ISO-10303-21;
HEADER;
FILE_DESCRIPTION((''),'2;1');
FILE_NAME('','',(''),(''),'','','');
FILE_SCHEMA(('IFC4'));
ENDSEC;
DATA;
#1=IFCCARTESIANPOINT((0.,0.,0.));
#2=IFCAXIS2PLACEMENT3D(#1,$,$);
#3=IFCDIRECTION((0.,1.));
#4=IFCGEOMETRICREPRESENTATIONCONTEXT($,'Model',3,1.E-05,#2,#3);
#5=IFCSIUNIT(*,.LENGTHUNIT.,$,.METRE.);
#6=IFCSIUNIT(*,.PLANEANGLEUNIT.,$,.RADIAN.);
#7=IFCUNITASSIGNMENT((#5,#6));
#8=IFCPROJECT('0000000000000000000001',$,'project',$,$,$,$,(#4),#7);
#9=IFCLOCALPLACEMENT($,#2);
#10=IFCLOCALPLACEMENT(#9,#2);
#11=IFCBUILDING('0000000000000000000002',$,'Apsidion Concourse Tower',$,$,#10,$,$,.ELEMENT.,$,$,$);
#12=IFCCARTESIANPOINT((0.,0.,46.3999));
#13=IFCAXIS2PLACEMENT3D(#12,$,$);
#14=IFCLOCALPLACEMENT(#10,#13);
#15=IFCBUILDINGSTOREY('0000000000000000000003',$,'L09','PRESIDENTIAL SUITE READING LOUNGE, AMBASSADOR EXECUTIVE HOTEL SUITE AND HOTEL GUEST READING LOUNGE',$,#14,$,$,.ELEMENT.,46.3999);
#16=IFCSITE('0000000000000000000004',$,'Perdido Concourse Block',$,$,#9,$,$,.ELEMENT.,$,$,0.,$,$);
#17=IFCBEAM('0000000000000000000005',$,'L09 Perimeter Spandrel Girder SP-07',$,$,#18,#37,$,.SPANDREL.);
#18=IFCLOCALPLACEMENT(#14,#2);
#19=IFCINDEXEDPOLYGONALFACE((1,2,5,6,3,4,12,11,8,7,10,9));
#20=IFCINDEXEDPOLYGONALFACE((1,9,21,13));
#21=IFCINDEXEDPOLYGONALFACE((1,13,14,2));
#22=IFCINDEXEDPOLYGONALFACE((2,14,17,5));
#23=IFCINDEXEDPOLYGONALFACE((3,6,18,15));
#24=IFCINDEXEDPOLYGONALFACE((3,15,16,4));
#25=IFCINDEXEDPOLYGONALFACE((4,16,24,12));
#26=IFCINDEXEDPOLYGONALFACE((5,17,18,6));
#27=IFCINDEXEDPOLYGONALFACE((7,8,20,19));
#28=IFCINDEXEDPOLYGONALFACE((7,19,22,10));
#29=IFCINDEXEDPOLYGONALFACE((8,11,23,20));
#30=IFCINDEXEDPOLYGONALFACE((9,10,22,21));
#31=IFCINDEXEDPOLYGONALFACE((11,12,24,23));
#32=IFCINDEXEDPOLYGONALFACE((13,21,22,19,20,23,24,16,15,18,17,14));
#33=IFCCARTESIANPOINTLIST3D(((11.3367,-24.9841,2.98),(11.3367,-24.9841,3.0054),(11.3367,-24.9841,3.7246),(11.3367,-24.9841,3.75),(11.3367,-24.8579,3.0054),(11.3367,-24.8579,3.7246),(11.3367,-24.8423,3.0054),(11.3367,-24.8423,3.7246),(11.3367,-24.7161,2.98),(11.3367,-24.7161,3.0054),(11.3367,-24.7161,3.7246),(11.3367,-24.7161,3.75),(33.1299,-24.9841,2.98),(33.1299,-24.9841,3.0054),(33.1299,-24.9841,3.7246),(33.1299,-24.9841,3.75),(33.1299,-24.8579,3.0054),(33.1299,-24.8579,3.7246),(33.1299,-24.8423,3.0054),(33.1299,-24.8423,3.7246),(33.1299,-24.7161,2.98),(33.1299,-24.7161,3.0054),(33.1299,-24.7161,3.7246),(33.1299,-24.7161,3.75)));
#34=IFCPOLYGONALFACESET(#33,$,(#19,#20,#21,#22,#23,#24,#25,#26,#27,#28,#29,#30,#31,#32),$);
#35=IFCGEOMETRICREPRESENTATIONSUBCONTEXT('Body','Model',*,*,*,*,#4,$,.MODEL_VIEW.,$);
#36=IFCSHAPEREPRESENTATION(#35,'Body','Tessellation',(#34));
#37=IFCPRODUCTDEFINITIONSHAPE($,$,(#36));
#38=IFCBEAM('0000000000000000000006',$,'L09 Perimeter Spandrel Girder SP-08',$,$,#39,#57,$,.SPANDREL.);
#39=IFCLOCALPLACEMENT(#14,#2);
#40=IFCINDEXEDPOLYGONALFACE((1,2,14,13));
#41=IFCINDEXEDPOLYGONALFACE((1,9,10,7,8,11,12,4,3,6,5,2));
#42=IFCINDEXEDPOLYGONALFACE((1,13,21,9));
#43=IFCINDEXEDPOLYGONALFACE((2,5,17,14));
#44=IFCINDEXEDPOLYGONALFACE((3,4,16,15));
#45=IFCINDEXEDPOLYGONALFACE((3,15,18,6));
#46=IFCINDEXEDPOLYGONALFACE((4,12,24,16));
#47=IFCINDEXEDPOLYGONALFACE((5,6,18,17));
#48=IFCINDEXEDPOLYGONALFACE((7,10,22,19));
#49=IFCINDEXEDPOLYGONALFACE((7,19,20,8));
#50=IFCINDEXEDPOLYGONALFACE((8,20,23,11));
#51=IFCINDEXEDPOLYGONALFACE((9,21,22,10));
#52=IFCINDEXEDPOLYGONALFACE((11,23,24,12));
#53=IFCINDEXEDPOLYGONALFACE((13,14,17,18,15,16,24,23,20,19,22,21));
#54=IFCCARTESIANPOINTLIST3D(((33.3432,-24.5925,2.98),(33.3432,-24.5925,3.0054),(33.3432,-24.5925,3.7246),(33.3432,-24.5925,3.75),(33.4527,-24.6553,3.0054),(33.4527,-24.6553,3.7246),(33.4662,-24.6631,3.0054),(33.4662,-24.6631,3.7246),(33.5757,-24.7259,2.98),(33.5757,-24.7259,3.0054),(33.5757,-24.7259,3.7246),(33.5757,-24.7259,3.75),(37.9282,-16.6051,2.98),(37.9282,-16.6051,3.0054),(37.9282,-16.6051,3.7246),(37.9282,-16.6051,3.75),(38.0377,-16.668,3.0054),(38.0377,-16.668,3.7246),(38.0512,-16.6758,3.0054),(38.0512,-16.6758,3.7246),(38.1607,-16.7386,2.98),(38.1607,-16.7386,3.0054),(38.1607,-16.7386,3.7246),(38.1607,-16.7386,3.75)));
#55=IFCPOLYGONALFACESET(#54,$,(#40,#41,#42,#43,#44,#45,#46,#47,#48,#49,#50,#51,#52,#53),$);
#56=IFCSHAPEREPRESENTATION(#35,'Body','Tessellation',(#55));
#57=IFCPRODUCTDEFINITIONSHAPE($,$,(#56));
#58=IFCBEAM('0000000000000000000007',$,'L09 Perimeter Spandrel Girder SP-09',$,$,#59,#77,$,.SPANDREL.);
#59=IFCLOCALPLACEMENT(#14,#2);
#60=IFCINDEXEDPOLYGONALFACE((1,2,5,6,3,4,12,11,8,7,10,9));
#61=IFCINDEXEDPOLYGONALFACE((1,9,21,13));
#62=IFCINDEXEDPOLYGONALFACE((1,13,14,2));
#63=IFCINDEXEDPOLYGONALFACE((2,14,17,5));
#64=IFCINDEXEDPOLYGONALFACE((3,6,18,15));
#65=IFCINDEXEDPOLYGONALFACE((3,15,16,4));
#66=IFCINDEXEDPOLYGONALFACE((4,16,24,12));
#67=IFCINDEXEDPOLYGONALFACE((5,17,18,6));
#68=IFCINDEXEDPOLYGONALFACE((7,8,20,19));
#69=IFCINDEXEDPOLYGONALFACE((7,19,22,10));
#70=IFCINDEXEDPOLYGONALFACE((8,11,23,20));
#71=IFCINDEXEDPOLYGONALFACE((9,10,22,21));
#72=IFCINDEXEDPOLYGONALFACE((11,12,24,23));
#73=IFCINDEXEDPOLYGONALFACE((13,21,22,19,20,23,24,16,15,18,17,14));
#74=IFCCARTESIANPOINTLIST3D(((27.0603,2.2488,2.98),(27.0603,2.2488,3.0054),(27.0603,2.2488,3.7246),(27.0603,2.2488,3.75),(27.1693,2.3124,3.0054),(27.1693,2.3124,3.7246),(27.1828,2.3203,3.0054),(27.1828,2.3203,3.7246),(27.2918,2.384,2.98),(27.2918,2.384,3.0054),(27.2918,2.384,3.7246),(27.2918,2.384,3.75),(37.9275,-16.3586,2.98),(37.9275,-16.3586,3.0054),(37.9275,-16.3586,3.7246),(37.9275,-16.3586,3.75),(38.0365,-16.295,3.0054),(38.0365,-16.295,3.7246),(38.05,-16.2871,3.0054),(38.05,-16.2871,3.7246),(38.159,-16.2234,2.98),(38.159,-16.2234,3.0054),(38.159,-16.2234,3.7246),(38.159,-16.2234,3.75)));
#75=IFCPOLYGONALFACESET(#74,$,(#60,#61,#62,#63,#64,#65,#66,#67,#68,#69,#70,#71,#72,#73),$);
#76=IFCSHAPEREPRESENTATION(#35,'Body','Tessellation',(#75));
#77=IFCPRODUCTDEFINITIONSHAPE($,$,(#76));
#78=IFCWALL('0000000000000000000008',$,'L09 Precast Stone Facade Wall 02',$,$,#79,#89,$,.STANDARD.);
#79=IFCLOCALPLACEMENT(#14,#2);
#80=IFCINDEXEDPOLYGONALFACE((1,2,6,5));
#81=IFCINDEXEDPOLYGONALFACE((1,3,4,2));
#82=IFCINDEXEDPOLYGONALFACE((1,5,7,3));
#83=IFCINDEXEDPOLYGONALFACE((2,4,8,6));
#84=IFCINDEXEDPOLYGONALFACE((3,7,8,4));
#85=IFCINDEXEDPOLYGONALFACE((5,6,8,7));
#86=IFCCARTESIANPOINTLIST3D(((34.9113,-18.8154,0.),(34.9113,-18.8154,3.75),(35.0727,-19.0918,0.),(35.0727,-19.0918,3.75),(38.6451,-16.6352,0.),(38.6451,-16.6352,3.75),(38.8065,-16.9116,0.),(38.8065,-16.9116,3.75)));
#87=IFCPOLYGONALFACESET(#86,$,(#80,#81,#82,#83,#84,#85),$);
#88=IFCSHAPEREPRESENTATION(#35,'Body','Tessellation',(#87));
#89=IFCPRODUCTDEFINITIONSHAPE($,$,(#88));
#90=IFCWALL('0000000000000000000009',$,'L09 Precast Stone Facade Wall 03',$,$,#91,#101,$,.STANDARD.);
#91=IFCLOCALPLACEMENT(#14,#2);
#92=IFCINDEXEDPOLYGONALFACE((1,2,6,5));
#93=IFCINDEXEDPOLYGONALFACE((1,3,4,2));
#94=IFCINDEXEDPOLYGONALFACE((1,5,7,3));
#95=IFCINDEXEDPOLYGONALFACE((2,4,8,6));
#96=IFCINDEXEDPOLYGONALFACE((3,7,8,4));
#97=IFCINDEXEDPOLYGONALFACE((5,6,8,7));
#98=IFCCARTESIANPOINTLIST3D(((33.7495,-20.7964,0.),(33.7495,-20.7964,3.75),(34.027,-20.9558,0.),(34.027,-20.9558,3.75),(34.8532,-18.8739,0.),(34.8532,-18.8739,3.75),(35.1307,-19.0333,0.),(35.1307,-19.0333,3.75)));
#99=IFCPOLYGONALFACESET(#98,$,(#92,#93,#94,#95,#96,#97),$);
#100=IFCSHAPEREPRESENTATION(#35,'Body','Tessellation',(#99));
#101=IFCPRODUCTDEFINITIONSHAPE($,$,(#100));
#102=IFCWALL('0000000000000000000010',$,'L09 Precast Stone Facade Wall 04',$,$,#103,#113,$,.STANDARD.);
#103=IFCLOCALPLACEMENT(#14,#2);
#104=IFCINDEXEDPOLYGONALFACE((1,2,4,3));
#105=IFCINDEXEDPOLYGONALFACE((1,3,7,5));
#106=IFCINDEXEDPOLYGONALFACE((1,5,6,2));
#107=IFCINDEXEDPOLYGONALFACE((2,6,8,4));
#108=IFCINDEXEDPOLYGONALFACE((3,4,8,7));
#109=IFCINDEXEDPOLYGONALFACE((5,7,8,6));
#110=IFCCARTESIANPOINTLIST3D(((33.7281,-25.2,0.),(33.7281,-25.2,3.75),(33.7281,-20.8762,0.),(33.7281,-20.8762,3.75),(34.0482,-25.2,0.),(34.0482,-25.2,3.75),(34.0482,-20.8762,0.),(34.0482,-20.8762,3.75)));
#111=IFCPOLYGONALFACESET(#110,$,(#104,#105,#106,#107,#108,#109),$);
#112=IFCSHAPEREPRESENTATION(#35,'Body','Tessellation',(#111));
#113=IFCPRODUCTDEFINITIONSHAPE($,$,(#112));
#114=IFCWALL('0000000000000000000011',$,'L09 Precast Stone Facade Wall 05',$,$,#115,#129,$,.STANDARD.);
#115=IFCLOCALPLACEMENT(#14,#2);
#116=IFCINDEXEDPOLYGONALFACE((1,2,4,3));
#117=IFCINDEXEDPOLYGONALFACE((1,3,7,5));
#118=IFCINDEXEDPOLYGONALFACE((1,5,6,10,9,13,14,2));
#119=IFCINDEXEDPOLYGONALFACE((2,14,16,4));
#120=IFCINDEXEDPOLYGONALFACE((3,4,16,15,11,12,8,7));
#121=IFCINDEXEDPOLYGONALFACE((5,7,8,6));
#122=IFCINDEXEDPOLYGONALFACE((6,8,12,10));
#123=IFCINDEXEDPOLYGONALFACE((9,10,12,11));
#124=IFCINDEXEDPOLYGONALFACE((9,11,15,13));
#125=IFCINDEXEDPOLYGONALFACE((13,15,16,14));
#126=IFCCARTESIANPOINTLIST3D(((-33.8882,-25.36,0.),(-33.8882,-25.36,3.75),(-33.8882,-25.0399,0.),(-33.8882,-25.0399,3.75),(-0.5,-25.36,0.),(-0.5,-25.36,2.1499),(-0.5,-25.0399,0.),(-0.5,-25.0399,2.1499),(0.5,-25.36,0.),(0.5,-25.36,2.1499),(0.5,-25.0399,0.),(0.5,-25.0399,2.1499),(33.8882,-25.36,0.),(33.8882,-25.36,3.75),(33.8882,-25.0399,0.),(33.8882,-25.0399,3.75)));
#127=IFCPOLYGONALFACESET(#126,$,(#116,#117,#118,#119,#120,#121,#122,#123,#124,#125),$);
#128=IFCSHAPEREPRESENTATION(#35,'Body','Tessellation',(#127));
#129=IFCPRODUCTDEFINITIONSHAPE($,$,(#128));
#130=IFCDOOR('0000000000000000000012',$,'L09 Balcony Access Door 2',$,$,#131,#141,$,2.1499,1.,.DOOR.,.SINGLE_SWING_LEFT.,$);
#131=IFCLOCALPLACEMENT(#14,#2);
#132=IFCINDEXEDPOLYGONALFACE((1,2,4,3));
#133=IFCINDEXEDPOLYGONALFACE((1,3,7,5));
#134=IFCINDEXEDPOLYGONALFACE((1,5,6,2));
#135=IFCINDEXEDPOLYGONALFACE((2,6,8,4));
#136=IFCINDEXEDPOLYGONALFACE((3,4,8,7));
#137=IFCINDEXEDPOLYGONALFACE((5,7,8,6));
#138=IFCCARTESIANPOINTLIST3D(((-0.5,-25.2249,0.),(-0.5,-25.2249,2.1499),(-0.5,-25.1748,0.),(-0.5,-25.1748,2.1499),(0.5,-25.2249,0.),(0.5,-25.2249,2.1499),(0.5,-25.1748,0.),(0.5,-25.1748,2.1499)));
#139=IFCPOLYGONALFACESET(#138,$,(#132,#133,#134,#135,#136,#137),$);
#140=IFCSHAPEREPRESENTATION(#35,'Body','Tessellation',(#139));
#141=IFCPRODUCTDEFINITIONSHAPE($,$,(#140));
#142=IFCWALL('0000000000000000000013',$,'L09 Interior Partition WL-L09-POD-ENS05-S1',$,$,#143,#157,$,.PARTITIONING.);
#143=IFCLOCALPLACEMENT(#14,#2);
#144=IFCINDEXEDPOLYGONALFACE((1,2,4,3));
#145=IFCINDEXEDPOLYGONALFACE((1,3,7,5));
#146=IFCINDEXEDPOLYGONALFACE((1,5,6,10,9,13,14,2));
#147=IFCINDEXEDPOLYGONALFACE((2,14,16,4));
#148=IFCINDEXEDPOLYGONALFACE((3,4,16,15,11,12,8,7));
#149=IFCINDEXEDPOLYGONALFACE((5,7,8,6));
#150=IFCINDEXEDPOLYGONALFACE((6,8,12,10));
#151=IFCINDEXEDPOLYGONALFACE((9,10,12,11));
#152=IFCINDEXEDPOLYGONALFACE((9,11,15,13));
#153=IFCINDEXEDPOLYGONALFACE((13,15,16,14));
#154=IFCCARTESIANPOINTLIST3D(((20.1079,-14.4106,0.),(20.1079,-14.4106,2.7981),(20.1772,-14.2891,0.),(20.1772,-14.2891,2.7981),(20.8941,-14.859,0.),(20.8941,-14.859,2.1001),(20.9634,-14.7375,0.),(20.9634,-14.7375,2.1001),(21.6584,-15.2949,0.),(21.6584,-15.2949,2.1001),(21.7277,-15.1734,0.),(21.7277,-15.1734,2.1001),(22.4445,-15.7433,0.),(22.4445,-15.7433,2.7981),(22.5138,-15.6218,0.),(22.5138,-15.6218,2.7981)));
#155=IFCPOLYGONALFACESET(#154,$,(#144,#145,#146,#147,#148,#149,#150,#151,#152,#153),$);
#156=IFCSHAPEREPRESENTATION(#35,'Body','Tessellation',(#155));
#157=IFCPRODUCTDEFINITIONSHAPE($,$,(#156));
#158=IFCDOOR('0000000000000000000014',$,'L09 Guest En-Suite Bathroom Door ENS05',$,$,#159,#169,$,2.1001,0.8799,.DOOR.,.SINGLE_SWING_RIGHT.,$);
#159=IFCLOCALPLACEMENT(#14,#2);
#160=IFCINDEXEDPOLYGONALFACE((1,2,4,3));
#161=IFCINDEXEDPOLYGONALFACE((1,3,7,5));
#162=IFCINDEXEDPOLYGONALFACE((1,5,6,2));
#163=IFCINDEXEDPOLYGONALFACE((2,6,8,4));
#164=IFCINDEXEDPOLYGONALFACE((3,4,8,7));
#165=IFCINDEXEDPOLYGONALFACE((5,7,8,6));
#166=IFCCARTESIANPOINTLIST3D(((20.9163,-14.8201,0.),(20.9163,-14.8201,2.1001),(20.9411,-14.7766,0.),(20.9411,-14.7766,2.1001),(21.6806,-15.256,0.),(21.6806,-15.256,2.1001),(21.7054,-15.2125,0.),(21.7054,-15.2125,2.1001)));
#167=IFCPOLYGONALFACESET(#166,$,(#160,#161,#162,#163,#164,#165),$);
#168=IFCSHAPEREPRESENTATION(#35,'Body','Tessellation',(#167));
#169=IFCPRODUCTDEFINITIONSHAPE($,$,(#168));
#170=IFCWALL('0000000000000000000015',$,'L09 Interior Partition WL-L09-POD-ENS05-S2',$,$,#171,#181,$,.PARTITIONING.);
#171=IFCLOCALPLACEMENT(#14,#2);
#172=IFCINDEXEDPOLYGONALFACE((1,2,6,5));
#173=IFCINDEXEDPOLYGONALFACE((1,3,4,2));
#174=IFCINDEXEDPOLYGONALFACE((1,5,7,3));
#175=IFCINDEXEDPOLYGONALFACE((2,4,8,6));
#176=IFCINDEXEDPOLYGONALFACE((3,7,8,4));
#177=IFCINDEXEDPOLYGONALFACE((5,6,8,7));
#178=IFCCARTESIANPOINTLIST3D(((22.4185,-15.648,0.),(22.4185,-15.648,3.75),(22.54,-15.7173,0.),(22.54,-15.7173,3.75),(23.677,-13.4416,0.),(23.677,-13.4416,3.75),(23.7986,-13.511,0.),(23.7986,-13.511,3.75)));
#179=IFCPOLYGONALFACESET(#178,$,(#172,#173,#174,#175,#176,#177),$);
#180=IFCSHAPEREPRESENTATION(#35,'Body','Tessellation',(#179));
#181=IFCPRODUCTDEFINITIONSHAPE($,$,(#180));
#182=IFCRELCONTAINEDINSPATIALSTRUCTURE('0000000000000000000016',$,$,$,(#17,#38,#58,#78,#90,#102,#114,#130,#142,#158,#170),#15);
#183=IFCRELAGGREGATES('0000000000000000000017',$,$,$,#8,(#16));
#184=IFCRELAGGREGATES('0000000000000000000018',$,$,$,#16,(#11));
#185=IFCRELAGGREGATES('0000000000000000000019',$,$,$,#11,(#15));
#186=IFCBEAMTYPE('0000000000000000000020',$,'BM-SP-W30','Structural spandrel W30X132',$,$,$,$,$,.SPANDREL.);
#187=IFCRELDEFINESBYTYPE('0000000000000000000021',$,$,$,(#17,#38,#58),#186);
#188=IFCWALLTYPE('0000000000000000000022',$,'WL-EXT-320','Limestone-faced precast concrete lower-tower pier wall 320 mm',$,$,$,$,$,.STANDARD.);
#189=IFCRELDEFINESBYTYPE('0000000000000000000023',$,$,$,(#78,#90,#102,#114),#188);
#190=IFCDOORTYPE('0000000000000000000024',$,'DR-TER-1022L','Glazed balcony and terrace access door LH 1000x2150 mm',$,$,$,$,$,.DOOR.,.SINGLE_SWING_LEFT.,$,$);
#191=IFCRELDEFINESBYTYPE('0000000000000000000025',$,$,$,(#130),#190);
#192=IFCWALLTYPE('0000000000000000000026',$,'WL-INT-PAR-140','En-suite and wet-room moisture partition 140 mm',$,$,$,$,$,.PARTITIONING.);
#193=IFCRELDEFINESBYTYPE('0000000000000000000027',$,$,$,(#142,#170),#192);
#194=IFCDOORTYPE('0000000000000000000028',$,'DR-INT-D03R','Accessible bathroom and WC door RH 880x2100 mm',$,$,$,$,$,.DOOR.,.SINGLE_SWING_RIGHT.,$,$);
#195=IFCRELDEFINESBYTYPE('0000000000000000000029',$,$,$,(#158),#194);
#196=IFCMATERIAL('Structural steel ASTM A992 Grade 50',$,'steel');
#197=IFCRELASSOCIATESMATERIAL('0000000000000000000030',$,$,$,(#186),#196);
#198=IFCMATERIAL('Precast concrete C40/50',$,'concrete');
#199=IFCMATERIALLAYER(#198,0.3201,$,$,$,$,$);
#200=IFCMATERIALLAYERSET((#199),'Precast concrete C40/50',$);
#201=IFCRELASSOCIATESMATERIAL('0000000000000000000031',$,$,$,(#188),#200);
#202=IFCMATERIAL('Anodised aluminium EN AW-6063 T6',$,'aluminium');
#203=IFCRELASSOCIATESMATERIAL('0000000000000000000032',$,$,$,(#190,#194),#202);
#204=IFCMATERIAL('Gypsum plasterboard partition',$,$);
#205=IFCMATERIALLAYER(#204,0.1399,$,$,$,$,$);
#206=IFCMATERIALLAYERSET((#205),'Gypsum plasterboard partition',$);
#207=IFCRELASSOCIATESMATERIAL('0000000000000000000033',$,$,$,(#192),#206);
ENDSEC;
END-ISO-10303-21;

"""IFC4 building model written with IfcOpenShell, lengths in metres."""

from ifc_helpers import new_model, si_unit, direction, frame, frame_2d, origin, origin_2d, place, context, subcontext, project, spatial, rectangle, i_section, extrude, material, layer, layer_set, material_profile, profile_set, type_object, element, fill, save


model = new_model("IFC4")

# Units and contexts
model_context = context("Model", 3, precision=1e-05, world=origin(), true_north=direction((0.0, 1.0)))
body_context = subcontext(model_context, "Body", "Model", "MODEL_VIEW")
ifc_project = project(units=[si_unit("LENGTHUNIT", "METRE"), si_unit("PLANEANGLEUNIT", "RADIAN")], contexts=[model_context])

# Site, building, storey
site_placement = place(None, origin())
site = spatial("IfcSite", under=ifc_project, at=site_placement, Name="Perdido Concourse Block", CompositionType="ELEMENT", RefElevation=0.0)
building_placement = place(site_placement, origin())
building = spatial("IfcBuilding", under=site, at=building_placement, Name="Apsidion Concourse Tower", CompositionType="ELEMENT")
storey_placement = place(building_placement, frame((0.0, 0.0, 46.3999)))
storey = spatial("IfcBuildingStorey", under=building, at=storey_placement, Name="L09", Description="PRESIDENTIAL SUITE READING LOUNGE, AMBASSADOR EXECUTIVE HOTEL SUITE AND HOTEL GUEST READING LOUNGE", CompositionType="ELEMENT", Elevation=46.3999)

# Beams
ifc_material_1 = material(Name="Structural steel ASTM A992 Grade 50", Category="steel")
ifc_material_profile_1 = material_profile(ifc_material_1, i_section(OverallWidth=0.2681, OverallDepth=0.77, WebThickness=0.0156, FlangeThickness=0.0254, at=origin_2d()), Name="W30X132")
ifc_profile_set_1 = profile_set([ifc_material_profile_1], Name="Structural steel ASTM A992 Grade 50")
beam_type_1 = type_object("IfcBeamType", Name="BM-SP-W30", Description="Structural spandrel W30X132", PredefinedType="SPANDREL", material=ifc_profile_set_1)
beam_1_placement = place(storey_placement, frame((11.3367, -24.8501, 3.365), z_axis=(1.0, 0.0, 0.0), x_axis=(0.0, 1.0, 0.0)))
element("IfcBeam", 1, at=beam_1_placement, inside=storey, type_object=beam_type_1, Name="L09 Perimeter Spandrel Girder SP-07", PredefinedType="SPANDREL", context=body_context, shape_type="SweptSolid", body=[
    extrude(i_section(OverallWidth=0.2681, OverallDepth=0.77, WebThickness=0.0156, FlangeThickness=0.0254, at=origin_2d()), origin(), (0.0, 0.0, 1.0), 21.7932),
])
beam_2_placement = place(storey_placement, frame((33.4595, -24.6592, 3.365), z_axis=(0.497839, 0.867269, 0.0), x_axis=(-0.867269, 0.497839, 0.0)))
element("IfcBeam", 2, at=beam_2_placement, inside=storey, type_object=beam_type_1, Name="L09 Perimeter Spandrel Girder SP-08", PredefinedType="SPANDREL", context=body_context, shape_type="SweptSolid", body=[
    extrude(i_section(OverallWidth=0.2681, OverallDepth=0.77, WebThickness=0.0156, FlangeThickness=0.0254, at=origin_2d()), origin(), (0.0, 0.0, 1.0), 9.2097),
])
beam_3_placement = place(storey_placement, frame((38.0432, -16.291, 3.365), z_axis=(-0.504316, 0.863519, 0.0), x_axis=(-0.863519, -0.504316, 0.0)))
element("IfcBeam", 3, at=beam_3_placement, inside=storey, type_object=beam_type_1, Name="L09 Perimeter Spandrel Girder SP-09", PredefinedType="SPANDREL", context=body_context, shape_type="SweptSolid", body=[
    extrude(i_section(OverallWidth=0.2681, OverallDepth=0.77, WebThickness=0.0156, FlangeThickness=0.0254, at=origin_2d()), origin(), (0.0, 0.0, 1.0), 21.5483),
])

# Walls
ifc_material_2 = material(Name="Precast concrete C40/50", Category="concrete")
ifc_layer_1 = layer(ifc_material_2, 0.3201)
ifc_layer_set_1 = layer_set([ifc_layer_1], Name="Precast concrete C40/50")
wall_type_1 = type_object("IfcWallType", Name="WL-EXT-320", Description="Limestone-faced precast concrete lower-tower pier wall 320 mm", PredefinedType="STANDARD", material=ifc_layer_set_1)
wall_1_placement = place(storey_placement, frame((38.7258, -16.7734, 0.0), z_axis=(0.0, 0.0, 1.0), x_axis=(-0.86357, -0.504229, 0.0)))
element("IfcWall", 4, at=wall_1_placement, inside=storey, type_object=wall_type_1, Name="L09 Precast Stone Facade Wall 02", PredefinedType="STANDARD", context=body_context, shape_type="SweptSolid", body=[
    extrude(rectangle(XDim=4.3237, YDim=0.3201, at=frame_2d((2.1619, 0.0))), origin(), (0.0, 0.0, 1.0), 3.75),
])
wall_2_placement = place(storey_placement, frame((34.9919, -18.9536, 0.0), z_axis=(0.0, 0.0, 1.0), x_axis=(-0.497881, -0.867245, 0.0)))
element("IfcWall", 5, at=wall_2_placement, inside=storey, type_object=wall_type_1, Name="L09 Precast Stone Facade Wall 03", PredefinedType="STANDARD", context=body_context, shape_type="SweptSolid", body=[
    extrude(rectangle(XDim=2.2168, YDim=0.3201, at=frame_2d((1.1084, 0.0))), origin(), (0.0, 0.0, 1.0), 3.75),
])
wall_3_placement = place(storey_placement, frame((33.8882, -20.8762, 0.0), z_axis=(0.0, 0.0, 1.0), x_axis=(0.0, -1.0, 0.0)))
element("IfcWall", 6, at=wall_3_placement, inside=storey, type_object=wall_type_1, Name="L09 Precast Stone Facade Wall 04", PredefinedType="STANDARD", context=body_context, shape_type="SweptSolid", body=[
    extrude(rectangle(XDim=4.3237, YDim=0.3201, at=frame_2d((2.1619, 0.0))), origin(), (0.0, 0.0, 1.0), 3.75),
])

# Walls, openings, doors
wall_4_placement = place(storey_placement, frame((33.8882, -25.2, 0.0), z_axis=(0.0, 0.0, 1.0), x_axis=(-1.0, 0.0, 0.0)))
wall_4 = element("IfcWall", 7, at=wall_4_placement, inside=storey, type_object=wall_type_1, Name="L09 Precast Stone Facade Wall 05", PredefinedType="STANDARD", context=body_context, shape_type="SweptSolid", body=[
    extrude(rectangle(XDim=67.7764, YDim=0.3201, at=frame_2d((33.8882, 0.0))), origin(), (0.0, 0.0, 1.0), 3.75),
])
opening_1_placement = place(wall_4_placement, frame((33.3882, 0.0, 0.0)))
opening_1 = element("IfcOpeningElement", 8, at=opening_1_placement, cuts=wall_4, PredefinedType="OPENING", context=body_context, shape_type="SweptSolid", body=[
    extrude(rectangle(XDim=1.0, YDim=2.1499, at=frame_2d((0.5, 1.075))), frame((0.0, 0.1699, 0.0), z_axis=(0.0, -1.0, 0.0), x_axis=(1.0, 0.0, 0.0)), (0.0, 0.0, 1.0), 0.3401),
])
ifc_material_3 = material(Name="Anodised aluminium EN AW-6063 T6", Category="aluminium")
door_type_1 = type_object("IfcDoorType", Name="DR-TER-1022L", Description="Glazed balcony and terrace access door LH 1000x2150 mm", OperationType="SINGLE_SWING_LEFT", PredefinedType="DOOR", material=ifc_material_3)
door_1_placement = place(opening_1_placement, origin())
door_1 = element("IfcDoor", 9, at=door_1_placement, inside=storey, type_object=door_type_1, Name="L09 Balcony Access Door 2", OperationType="SINGLE_SWING_LEFT", OverallHeight=2.1499, OverallWidth=1.0, PredefinedType="DOOR", context=body_context, shape_type="SweptSolid", body=[
    extrude(rectangle(XDim=1.0, YDim=2.1499, at=frame_2d((0.5, 1.075))), frame((0.0, 0.0249, 0.0), z_axis=(0.0, -1.0, 0.0), x_axis=(1.0, 0.0, 0.0)), (0.0, 0.0, 1.0), 0.05),
])
fill(opening_1, door_1)
ifc_material_4 = material(Name="Gypsum plasterboard partition")
ifc_layer_2 = layer(ifc_material_4, 0.1399)
ifc_layer_set_2 = layer_set([ifc_layer_2], Name="Gypsum plasterboard partition")
wall_type_2 = type_object("IfcWallType", Name="WL-INT-PAR-140", Description="En-suite and wet-room moisture partition 140 mm", PredefinedType="PARTITIONING", material=ifc_layer_set_2)
wall_5_placement = place(storey_placement, frame((20.1426, -14.3499, 0.0), z_axis=(0.0, 0.0, 1.0), x_axis=(0.868639, -0.495445, 0.0)))
wall_5 = element("IfcWall", 10, at=wall_5_placement, inside=storey, type_object=wall_type_2, Name="L09 Interior Partition WL-L09-POD-ENS05-S1", PredefinedType="PARTITIONING", context=body_context, shape_type="SweptSolid", body=[
    extrude(rectangle(XDim=2.6899, YDim=0.1399, at=frame_2d((1.345, 0.0))), origin(), (0.0, 0.0, 1.0), 2.7981),
])
opening_2_placement = place(wall_5_placement, frame((0.905, 0.0, 0.0)))
opening_2 = element("IfcOpeningElement", 11, at=opening_2_placement, cuts=wall_5, PredefinedType="OPENING", context=body_context, shape_type="SweptSolid", body=[
    extrude(rectangle(XDim=0.8799, YDim=2.1001, at=frame_2d((0.4399, 1.05))), frame((0.0, 0.0801, 0.0), z_axis=(0.0, -1.0, 0.0), x_axis=(1.0, 0.0, 0.0)), (0.0, 0.0, 1.0), 0.1599),
])
door_type_2 = type_object("IfcDoorType", Name="DR-INT-D03R", Description="Accessible bathroom and WC door RH 880x2100 mm", OperationType="SINGLE_SWING_RIGHT", PredefinedType="DOOR", material=ifc_material_3)
door_2_placement = place(opening_2_placement, origin())
door_2 = element("IfcDoor", 12, at=door_2_placement, inside=storey, type_object=door_type_2, Name="L09 Guest En-Suite Bathroom Door ENS05", OperationType="SINGLE_SWING_RIGHT", OverallHeight=2.1001, OverallWidth=0.8799, PredefinedType="DOOR", context=body_context, shape_type="SweptSolid", body=[
    extrude(rectangle(XDim=0.8799, YDim=2.1001, at=frame_2d((0.4399, 1.05))), frame((0.0, 0.0249, 0.0), z_axis=(0.0, -1.0, 0.0), x_axis=(1.0, 0.0, 0.0)), (0.0, 0.0, 1.0), 0.05),
])
fill(opening_2, door_2)

# Wall
wall_6_placement = place(storey_placement, frame((22.4792, -15.6826, 0.0), z_axis=(0.0, 0.0, 1.0), x_axis=(0.495487, 0.868616, 0.0)))
element("IfcWall", 13, at=wall_6_placement, inside=storey, type_object=wall_type_2, Name="L09 Interior Partition WL-L09-POD-ENS05-S2", PredefinedType="PARTITIONING", context=body_context, shape_type="SweptSolid", body=[
    extrude(rectangle(XDim=2.54, YDim=0.1399, at=frame_2d((1.27, 0.0))), origin(), (0.0, 0.0, 1.0), 3.75),
])

save(model, "model.ifc")
